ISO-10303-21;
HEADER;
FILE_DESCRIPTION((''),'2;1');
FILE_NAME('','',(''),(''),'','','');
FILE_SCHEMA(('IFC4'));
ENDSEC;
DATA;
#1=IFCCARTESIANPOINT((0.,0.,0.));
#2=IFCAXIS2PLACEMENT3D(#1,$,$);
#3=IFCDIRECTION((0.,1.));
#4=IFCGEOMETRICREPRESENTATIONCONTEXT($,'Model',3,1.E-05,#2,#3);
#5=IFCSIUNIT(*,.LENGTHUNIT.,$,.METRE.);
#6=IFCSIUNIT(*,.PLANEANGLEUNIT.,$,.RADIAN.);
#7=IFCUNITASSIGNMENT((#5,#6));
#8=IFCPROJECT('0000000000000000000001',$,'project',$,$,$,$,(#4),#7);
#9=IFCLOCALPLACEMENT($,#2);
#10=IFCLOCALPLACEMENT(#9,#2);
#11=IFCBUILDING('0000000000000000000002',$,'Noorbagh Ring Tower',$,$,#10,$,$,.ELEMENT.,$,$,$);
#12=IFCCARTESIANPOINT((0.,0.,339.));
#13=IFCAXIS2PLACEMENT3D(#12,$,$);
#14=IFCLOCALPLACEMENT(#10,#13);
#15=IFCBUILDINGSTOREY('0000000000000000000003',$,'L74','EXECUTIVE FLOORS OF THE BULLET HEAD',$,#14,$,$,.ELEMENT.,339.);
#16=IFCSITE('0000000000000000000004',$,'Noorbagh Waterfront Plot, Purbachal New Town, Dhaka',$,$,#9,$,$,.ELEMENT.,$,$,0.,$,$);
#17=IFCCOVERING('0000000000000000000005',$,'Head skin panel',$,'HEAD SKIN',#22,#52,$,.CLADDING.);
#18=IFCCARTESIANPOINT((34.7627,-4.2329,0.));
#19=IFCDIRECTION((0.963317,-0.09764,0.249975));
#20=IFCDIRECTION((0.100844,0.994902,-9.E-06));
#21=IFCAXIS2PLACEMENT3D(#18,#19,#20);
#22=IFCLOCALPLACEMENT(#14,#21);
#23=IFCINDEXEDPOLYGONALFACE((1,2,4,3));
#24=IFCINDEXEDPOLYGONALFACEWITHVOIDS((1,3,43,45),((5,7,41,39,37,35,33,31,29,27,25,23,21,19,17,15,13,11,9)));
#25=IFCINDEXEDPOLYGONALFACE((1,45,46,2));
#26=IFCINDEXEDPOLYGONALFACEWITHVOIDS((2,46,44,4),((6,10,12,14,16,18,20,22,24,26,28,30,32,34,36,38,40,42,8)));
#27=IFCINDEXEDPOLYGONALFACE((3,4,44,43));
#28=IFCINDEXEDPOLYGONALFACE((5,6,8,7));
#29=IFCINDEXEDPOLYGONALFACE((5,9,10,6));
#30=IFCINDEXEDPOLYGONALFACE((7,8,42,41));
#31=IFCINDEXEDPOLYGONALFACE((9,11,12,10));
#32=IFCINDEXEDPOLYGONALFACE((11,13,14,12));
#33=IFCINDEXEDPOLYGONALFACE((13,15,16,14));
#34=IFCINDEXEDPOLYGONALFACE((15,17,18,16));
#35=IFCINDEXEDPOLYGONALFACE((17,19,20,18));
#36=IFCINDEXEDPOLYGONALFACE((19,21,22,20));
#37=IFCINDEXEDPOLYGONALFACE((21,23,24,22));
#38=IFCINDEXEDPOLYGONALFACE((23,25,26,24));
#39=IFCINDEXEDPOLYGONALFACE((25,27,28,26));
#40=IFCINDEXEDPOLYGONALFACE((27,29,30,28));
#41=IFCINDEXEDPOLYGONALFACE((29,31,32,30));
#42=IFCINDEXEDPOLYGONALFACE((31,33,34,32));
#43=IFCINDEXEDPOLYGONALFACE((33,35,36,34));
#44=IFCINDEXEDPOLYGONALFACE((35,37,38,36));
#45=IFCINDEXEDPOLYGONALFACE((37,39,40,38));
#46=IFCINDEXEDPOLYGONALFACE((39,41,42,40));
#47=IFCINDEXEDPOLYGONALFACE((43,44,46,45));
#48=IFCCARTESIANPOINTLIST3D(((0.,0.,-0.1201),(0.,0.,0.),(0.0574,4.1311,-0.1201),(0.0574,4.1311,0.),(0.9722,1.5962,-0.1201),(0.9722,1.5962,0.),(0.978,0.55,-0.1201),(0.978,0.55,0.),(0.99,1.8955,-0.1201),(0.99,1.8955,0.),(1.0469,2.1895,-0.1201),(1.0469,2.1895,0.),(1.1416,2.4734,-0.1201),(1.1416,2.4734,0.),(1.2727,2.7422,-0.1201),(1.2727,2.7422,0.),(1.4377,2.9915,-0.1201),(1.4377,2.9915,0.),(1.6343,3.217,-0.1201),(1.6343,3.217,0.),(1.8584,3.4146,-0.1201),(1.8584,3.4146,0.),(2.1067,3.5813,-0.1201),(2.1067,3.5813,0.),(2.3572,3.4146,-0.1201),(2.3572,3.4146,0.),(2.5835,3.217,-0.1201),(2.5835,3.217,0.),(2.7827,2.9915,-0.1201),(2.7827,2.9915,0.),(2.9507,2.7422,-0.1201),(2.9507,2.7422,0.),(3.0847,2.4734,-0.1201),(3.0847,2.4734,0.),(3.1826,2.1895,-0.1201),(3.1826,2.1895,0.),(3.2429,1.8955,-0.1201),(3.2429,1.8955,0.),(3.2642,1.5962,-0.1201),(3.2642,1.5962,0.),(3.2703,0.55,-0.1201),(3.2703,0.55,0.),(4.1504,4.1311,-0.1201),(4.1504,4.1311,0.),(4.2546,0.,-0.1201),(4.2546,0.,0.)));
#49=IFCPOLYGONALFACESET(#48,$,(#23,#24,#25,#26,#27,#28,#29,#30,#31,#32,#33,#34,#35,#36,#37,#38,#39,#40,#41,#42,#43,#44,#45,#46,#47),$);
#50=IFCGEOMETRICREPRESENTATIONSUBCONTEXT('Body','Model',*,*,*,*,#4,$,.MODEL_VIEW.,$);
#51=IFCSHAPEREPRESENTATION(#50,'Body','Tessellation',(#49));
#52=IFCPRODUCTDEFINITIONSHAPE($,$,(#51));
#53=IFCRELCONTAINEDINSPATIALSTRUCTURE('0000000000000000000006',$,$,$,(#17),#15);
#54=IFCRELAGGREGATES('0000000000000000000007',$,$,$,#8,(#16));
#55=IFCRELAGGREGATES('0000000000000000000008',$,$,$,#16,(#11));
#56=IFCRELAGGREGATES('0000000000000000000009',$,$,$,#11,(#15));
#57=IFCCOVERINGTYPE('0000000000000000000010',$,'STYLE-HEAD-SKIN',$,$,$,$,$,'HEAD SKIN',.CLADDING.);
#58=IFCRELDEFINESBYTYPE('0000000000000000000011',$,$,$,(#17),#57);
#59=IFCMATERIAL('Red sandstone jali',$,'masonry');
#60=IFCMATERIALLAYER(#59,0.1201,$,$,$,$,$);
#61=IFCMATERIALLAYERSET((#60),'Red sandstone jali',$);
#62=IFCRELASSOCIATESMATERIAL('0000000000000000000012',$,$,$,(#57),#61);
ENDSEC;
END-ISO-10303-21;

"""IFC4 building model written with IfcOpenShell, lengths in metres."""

from ifc_helpers import new_model, si_unit, direction, frame, origin, place, context, subcontext, project, spatial, polyline, outline, extrude, material, layer, layer_set, type_object, element, save


model = new_model("IFC4")

# Units and contexts
model_context = context("Model", 3, precision=1e-05, world=origin(), true_north=direction((0.0, 1.0)))
body_context = subcontext(model_context, "Body", "Model", "MODEL_VIEW")
ifc_project = project(units=[si_unit("LENGTHUNIT", "METRE"), si_unit("PLANEANGLEUNIT", "RADIAN")], contexts=[model_context])

# Site, building, storey
site_placement = place(None, origin())
site = spatial("IfcSite", under=ifc_project, at=site_placement, Name="Noorbagh Waterfront Plot, Purbachal New Town, Dhaka", CompositionType="ELEMENT", RefElevation=0.0)
building_placement = place(site_placement, origin())
building = spatial("IfcBuilding", under=site, at=building_placement, Name="Noorbagh Ring Tower", CompositionType="ELEMENT")
storey_placement = place(building_placement, frame((0.0, 0.0, 339.0)))
storey = spatial("IfcBuildingStorey", under=building, at=storey_placement, Name="L74", Description="EXECUTIVE FLOORS OF THE BULLET HEAD", CompositionType="ELEMENT", Elevation=339.0)

# Covering
ifc_material_1 = material(Name="Red sandstone jali", Category="masonry")
ifc_layer_1 = layer(ifc_material_1, 0.1201)
ifc_layer_set_1 = layer_set([ifc_layer_1], Name="Red sandstone jali")
covering_type_1 = type_object("IfcCoveringType", Name="STYLE-HEAD-SKIN", ElementType="HEAD SKIN", PredefinedType="CLADDING", material=ifc_layer_set_1)
covering_1_placement = place(storey_placement, frame((34.7627, -4.2329, 0.0), z_axis=(0.963317, -0.09764, 0.249975), x_axis=(0.100844, 0.994902, -0.000009)))
element("IfcCovering", 1, at=covering_1_placement, inside=storey, type_object=covering_type_1, Name="Head skin panel", ObjectType="HEAD SKIN", PredefinedType="CLADDING", context=body_context, shape_type="SweptSolid", body=[
    extrude(outline(polyline([(0.0, 0.0), (4.2546, 0.0), (4.1504, 4.1311), (0.0574, 4.1311), (0.0, 0.0)]), holes=[polyline([(0.978, 0.55), (0.9722, 1.5962), (0.99, 1.8955), (1.0469, 2.1895), (1.1416, 2.4734), (1.2727, 2.7422), (1.4377, 2.9915), (1.6343, 3.217), (1.8584, 3.4146), (2.1067, 3.5813), (2.3572, 3.4146), (2.5835, 3.217), (2.7827, 2.9915), (2.9507, 2.7422), (3.0847, 2.4734), (3.1826, 2.1895), (3.2429, 1.8955), (3.2642, 1.5962), (3.2703, 0.55), (0.978, 0.55)])]), origin(), (0.0, 0.0, -1.0), 0.1201),
])

save(model, "model.ifc")
